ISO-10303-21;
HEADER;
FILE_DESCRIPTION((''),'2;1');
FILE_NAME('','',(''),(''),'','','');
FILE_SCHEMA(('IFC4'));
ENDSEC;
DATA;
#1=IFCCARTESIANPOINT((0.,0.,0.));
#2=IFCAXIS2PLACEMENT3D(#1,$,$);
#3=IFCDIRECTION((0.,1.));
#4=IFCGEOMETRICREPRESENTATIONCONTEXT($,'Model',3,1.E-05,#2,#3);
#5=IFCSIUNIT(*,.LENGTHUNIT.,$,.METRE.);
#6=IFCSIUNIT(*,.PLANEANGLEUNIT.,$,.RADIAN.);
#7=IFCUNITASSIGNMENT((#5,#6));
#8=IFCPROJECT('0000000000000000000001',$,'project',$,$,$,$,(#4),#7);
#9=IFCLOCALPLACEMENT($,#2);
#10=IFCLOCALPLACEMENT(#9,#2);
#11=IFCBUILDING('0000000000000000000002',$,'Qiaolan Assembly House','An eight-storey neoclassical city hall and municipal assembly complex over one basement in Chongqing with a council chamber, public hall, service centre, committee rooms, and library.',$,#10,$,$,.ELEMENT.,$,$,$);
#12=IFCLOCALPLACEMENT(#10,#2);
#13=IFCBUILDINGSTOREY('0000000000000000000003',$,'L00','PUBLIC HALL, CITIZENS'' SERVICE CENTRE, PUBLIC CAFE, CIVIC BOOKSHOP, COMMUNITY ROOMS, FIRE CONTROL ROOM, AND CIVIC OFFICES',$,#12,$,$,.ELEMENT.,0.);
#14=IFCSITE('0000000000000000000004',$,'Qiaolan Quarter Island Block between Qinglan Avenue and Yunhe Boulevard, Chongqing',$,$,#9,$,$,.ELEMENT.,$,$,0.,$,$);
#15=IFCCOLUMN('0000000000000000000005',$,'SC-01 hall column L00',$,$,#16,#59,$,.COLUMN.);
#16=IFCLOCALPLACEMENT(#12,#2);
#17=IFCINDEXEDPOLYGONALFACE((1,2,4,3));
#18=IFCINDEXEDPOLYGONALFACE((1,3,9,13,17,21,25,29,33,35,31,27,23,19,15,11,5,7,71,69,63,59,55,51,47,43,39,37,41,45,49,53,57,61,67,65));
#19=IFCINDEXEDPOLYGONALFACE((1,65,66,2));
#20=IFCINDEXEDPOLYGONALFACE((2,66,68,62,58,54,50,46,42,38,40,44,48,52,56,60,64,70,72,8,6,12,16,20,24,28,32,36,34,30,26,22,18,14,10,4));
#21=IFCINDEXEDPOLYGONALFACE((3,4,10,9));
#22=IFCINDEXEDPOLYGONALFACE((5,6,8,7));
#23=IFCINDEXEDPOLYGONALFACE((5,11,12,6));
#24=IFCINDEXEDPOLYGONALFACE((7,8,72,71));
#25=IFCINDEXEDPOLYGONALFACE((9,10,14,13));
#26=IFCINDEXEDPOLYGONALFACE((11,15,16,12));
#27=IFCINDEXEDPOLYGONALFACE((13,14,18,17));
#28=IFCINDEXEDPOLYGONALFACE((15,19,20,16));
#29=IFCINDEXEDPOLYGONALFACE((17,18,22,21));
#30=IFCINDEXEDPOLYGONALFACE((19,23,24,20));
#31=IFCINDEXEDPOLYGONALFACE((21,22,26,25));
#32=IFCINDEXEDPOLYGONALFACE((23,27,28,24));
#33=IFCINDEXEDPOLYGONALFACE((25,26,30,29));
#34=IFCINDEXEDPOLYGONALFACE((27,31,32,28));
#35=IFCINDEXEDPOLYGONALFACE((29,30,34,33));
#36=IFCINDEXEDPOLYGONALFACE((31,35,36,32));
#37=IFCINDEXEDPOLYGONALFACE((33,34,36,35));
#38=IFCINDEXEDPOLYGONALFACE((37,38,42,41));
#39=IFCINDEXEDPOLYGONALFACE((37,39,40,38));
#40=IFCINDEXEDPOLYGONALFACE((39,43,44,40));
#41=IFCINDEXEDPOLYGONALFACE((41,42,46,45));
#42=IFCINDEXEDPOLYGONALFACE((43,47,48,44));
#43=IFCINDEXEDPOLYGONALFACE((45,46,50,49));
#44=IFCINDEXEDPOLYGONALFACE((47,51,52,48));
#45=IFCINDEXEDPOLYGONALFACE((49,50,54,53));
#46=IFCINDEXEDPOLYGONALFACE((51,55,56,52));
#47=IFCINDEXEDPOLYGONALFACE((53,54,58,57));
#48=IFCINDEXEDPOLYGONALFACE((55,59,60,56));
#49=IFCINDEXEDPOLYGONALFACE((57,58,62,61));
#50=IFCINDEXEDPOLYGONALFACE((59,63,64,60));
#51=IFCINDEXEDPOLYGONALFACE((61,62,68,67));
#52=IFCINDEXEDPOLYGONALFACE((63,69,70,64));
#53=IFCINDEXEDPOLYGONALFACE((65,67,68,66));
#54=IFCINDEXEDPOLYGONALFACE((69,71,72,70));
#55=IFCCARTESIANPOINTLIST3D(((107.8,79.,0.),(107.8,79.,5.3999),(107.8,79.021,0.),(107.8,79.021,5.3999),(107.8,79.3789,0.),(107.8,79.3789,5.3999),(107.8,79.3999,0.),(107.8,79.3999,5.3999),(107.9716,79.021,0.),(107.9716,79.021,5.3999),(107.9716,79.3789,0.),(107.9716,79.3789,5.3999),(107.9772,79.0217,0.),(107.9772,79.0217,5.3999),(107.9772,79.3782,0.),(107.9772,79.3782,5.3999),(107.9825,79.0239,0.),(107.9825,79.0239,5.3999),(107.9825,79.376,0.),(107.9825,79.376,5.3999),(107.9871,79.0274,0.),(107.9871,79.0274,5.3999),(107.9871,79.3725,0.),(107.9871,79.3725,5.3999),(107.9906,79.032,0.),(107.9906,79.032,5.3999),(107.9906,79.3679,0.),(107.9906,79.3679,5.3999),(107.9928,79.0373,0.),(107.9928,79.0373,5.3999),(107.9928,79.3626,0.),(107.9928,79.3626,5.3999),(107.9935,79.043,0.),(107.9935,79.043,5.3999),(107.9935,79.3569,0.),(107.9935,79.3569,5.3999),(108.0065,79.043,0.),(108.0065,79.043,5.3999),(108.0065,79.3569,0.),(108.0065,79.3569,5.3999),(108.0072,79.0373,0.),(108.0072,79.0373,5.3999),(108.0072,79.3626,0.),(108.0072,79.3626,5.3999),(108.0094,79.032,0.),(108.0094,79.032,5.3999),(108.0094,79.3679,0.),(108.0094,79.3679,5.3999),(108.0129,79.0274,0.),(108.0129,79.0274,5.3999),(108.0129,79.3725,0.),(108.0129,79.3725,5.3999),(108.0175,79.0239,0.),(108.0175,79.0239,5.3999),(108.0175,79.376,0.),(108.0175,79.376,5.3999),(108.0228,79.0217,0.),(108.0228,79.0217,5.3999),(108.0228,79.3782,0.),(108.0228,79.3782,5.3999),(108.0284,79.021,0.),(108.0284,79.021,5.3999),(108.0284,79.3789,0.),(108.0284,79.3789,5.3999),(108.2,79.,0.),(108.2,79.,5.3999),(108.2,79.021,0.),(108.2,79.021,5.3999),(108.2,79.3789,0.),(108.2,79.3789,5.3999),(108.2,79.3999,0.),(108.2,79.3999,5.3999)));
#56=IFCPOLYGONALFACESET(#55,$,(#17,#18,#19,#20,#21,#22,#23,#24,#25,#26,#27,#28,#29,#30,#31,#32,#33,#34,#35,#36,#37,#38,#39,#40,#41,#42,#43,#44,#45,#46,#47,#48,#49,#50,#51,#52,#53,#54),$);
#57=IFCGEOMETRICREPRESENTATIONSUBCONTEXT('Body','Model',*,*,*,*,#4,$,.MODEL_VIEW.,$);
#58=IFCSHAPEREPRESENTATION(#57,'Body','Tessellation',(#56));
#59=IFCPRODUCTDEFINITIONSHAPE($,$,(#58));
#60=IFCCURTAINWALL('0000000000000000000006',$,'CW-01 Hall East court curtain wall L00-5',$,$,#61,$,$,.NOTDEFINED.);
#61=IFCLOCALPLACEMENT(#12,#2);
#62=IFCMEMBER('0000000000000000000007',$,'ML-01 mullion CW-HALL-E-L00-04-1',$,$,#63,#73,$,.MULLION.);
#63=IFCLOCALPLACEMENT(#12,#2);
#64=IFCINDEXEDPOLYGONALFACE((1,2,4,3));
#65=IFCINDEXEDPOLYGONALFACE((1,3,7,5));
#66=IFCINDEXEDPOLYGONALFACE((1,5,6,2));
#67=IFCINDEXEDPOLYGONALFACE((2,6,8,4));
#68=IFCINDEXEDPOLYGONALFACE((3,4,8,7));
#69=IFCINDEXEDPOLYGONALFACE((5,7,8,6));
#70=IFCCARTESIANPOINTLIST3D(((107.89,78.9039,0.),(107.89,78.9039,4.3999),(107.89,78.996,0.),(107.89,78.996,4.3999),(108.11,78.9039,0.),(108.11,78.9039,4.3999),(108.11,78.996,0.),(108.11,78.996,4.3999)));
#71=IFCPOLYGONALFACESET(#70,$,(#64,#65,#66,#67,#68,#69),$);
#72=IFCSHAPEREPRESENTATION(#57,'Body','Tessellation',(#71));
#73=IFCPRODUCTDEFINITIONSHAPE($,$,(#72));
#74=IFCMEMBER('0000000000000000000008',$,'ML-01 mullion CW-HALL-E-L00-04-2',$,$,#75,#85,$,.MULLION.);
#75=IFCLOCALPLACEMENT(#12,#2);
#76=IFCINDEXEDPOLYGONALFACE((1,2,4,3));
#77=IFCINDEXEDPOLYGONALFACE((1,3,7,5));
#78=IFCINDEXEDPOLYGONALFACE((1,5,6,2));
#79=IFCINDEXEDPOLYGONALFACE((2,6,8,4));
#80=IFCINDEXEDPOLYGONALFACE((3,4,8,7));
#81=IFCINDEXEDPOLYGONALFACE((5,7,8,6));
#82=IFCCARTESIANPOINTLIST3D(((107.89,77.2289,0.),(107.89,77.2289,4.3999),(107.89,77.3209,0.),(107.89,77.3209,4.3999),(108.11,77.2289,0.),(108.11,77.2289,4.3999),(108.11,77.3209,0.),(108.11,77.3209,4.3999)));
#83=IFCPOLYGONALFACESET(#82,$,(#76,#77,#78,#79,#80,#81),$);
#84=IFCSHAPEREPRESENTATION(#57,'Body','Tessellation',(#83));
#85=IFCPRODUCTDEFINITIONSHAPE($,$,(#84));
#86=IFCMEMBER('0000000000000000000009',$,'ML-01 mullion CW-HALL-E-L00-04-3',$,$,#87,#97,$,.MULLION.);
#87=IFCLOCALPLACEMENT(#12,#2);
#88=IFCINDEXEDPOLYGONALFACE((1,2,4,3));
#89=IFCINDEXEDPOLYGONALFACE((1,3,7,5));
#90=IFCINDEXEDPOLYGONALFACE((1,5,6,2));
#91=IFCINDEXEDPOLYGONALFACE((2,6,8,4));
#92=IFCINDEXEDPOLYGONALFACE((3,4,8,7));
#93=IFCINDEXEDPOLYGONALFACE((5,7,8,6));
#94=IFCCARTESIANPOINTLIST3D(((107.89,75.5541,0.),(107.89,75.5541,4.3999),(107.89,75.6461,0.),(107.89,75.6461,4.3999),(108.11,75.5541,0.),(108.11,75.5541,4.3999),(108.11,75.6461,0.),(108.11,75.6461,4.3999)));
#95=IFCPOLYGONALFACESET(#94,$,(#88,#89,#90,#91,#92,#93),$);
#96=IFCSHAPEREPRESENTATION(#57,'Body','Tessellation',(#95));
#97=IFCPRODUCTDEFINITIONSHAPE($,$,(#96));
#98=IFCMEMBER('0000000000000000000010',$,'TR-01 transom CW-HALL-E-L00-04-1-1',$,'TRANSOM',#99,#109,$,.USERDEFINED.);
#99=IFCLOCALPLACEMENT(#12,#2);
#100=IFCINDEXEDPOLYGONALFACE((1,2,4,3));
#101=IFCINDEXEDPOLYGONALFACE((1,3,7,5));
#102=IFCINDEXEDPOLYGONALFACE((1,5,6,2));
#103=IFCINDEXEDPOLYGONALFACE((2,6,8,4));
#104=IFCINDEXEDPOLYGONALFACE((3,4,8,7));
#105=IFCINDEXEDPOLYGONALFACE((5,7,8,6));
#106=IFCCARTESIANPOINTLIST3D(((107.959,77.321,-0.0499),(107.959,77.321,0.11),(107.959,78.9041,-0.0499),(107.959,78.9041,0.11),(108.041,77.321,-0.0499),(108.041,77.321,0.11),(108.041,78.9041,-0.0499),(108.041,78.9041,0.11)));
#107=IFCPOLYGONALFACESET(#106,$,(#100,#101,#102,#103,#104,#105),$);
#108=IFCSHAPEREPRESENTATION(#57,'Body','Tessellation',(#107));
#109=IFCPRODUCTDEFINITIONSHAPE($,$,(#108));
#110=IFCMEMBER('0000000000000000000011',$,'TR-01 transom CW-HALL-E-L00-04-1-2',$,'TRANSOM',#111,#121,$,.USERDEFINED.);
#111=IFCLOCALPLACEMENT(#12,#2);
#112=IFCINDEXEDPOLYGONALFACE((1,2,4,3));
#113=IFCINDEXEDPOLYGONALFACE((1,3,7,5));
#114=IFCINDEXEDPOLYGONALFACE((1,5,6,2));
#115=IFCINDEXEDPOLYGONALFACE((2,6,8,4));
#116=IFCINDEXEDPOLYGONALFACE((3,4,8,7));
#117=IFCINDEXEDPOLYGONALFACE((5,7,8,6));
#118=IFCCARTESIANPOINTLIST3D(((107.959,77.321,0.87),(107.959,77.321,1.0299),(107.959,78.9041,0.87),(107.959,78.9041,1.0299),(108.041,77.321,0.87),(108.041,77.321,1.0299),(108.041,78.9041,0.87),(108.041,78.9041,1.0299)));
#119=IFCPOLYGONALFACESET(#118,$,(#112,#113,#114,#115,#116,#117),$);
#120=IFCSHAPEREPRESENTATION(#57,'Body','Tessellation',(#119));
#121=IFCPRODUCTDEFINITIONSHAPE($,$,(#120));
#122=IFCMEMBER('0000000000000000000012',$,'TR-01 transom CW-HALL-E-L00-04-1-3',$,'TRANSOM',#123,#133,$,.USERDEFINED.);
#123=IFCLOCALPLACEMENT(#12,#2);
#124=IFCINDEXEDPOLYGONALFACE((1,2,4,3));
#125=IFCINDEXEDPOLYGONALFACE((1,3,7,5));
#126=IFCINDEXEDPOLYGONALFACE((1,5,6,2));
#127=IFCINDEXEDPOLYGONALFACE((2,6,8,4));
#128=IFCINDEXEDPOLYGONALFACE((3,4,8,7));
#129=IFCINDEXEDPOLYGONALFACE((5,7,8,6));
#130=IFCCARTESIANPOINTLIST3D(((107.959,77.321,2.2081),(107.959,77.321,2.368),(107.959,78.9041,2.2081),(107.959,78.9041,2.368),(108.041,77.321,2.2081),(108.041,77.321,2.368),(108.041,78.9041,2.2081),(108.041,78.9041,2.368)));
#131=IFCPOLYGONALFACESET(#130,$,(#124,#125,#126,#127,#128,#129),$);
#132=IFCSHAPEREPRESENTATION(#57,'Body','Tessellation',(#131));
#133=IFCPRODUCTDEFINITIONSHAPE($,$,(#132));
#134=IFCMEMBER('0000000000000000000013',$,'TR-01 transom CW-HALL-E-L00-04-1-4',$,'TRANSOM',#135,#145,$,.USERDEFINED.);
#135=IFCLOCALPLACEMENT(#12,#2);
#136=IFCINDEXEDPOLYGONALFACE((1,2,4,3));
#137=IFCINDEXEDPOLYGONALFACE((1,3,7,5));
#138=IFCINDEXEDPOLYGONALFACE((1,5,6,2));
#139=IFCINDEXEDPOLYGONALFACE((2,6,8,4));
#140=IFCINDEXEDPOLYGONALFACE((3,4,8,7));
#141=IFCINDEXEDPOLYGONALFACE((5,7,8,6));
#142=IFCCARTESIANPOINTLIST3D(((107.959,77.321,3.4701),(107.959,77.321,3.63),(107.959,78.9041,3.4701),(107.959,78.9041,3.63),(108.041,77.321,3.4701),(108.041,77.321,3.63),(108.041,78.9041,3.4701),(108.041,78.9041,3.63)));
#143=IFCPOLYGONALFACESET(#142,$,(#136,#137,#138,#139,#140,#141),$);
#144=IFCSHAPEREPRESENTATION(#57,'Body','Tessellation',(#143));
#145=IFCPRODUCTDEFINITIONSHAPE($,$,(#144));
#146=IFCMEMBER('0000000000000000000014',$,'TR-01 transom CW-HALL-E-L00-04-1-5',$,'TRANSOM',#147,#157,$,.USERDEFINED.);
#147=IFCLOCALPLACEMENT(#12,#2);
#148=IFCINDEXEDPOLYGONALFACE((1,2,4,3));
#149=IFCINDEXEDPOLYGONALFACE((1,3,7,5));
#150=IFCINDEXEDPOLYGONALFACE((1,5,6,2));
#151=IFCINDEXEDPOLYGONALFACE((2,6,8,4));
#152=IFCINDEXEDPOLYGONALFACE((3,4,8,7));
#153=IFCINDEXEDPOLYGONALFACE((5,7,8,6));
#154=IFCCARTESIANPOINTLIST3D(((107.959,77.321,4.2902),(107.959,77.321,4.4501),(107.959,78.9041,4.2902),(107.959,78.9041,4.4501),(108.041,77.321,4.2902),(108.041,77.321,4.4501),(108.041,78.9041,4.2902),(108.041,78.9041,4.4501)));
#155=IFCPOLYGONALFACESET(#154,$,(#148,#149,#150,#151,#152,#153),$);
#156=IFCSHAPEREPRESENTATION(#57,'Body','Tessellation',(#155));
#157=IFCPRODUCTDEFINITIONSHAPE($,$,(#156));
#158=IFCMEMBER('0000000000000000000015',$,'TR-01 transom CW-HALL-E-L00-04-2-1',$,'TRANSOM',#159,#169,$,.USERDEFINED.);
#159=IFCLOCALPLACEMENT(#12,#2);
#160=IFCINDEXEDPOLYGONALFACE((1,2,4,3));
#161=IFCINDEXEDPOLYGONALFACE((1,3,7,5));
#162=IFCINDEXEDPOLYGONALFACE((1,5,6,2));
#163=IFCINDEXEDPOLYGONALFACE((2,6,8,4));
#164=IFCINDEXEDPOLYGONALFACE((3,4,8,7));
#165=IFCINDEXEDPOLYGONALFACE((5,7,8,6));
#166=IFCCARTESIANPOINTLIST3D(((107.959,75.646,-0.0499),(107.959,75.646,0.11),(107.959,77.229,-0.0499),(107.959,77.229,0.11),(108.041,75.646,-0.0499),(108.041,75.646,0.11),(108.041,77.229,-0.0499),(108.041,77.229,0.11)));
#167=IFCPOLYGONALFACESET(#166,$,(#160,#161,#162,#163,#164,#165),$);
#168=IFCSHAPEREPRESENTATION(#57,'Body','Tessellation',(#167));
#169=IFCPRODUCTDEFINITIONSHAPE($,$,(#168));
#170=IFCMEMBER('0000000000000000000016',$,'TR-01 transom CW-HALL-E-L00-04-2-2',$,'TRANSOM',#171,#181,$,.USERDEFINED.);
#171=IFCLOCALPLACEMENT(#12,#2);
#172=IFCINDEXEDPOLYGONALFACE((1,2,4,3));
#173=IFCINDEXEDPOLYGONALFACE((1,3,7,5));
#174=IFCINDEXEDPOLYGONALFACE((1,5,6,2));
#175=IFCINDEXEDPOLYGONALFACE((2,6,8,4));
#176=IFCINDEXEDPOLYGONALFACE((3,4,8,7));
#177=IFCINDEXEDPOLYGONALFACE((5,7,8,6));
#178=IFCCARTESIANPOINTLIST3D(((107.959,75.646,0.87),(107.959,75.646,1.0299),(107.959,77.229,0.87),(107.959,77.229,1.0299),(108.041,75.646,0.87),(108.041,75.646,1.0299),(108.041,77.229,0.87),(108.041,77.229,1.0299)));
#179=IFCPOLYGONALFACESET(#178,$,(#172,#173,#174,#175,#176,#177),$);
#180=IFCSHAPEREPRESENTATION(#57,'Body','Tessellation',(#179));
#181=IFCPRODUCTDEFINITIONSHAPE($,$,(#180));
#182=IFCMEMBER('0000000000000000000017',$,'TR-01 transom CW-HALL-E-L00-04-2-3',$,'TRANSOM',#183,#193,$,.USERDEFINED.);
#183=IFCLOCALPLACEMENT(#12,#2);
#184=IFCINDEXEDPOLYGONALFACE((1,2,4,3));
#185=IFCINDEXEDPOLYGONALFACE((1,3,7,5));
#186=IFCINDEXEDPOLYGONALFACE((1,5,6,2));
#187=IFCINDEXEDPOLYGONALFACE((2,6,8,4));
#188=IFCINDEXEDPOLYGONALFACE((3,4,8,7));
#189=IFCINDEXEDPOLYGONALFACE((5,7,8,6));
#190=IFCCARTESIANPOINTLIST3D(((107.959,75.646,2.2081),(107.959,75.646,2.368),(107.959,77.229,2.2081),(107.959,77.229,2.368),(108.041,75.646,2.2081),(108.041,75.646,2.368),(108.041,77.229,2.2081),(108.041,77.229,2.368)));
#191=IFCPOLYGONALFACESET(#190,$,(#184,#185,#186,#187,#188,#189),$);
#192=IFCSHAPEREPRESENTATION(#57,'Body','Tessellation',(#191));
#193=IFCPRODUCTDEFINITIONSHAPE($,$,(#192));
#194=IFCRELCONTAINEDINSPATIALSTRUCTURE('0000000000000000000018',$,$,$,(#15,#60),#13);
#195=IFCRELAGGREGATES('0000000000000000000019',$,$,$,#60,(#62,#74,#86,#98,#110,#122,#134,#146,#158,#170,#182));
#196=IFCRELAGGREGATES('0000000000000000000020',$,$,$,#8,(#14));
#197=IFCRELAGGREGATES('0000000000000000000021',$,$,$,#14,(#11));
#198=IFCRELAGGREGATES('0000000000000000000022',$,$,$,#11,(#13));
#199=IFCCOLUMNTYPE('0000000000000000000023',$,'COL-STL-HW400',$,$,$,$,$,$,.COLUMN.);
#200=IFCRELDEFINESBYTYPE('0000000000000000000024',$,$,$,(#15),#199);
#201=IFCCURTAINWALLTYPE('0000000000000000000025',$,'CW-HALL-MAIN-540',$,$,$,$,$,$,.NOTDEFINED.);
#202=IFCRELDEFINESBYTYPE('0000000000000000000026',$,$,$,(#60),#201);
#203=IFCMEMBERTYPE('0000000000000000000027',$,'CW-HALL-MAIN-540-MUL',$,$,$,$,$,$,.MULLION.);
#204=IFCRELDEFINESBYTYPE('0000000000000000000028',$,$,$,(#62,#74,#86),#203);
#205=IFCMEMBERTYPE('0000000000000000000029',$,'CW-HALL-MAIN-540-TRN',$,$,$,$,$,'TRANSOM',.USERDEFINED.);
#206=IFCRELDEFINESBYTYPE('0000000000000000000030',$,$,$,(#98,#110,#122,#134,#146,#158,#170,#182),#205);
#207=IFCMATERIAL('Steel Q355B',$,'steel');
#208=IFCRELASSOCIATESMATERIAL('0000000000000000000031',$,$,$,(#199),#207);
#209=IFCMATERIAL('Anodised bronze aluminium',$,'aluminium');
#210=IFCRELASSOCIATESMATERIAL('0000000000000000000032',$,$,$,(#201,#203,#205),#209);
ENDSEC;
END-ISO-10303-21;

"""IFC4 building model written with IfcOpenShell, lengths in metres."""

from ifc_helpers import new_model, si_unit, direction, frame, origin, origin_2d, place, context, subcontext, project, spatial, rectangle, i_section, extrude, material, material_profile, profile_set, type_object, element, aggregate, save


model = new_model("IFC4")

# Units and contexts
model_context = context("Model", 3, precision=1e-05, world=origin(), true_north=direction((0.0, 1.0)))
body_context = subcontext(model_context, "Body", "Model", "MODEL_VIEW")
ifc_project = project(units=[si_unit("LENGTHUNIT", "METRE"), si_unit("PLANEANGLEUNIT", "RADIAN")], contexts=[model_context])

# Site, building, storey
site_placement = place(None, origin())
site = spatial("IfcSite", under=ifc_project, at=site_placement, Name="Qiaolan Quarter Island Block between Qinglan Avenue and Yunhe Boulevard, Chongqing", CompositionType="ELEMENT", RefElevation=0.0)
building_placement = place(site_placement, origin())
building = spatial("IfcBuilding", under=site, at=building_placement, Name="Qiaolan Assembly House", Description="An eight-storey neoclassical city hall and municipal assembly complex over one basement in Chongqing with a council chamber, public hall, service centre, committee rooms, and library.", CompositionType="ELEMENT")
storey_placement = place(building_placement, origin())
storey = spatial("IfcBuildingStorey", under=building, at=storey_placement, Name="L00", Description="PUBLIC HALL, CITIZENS' SERVICE CENTRE, PUBLIC CAFE, CIVIC BOOKSHOP, COMMUNITY ROOMS, FIRE CONTROL ROOM, AND CIVIC OFFICES", CompositionType="ELEMENT", Elevation=0.0)

# Column
ifc_material_1 = material(Name="Steel Q355B", Category="steel")
ifc_material_profile_1 = material_profile(ifc_material_1, i_section(OverallWidth=0.3999, OverallDepth=0.3999, WebThickness=0.0129, FlangeThickness=0.021, FilletRadius=0.022, at=origin_2d()), Name="HW 400x400x13x21")
ifc_profile_set_1 = profile_set([ifc_material_profile_1], Name="Steel Q355B")
column_type = type_object("IfcColumnType", Name="COL-STL-HW400", PredefinedType="COLUMN", material=ifc_profile_set_1)
column_placement = place(storey_placement, frame((108.0, 79.2, 0.0), z_axis=(0.0, 0.0, 1.0), x_axis=(1.0, 0.0, 0.0)))
element("IfcColumn", 1, at=column_placement, inside=storey, type_object=column_type, Name="SC-01 hall column L00", PredefinedType="COLUMN", context=body_context, shape_type="SweptSolid", body=[
    extrude(i_section(OverallWidth=0.3999, OverallDepth=0.3999, WebThickness=0.0129, FlangeThickness=0.021, FilletRadius=0.022, at=origin_2d()), origin(), (0.0, 0.0, 1.0), 5.3999),
])

# Curtain wall, members
ifc_material_2 = material(Name="Anodised bronze aluminium", Category="aluminium")
curtain_wall_type = type_object("IfcCurtainWallType", Name="CW-HALL-MAIN-540", PredefinedType="NOTDEFINED", material=ifc_material_2)
curtain_wall_placement = place(storey_placement, origin())
curtain_wall = element("IfcCurtainWall", 2, at=curtain_wall_placement, inside=storey, type_object=curtain_wall_type, Name="CW-01 Hall East court curtain wall L00-5", PredefinedType="NOTDEFINED")
ifc_material_profile_2 = material_profile(ifc_material_2, rectangle(XDim=0.092, YDim=0.22, at=origin_2d()), Name="MUL 92x220")
ifc_profile_set_2 = profile_set([ifc_material_profile_2], Name="Anodised bronze aluminium")
member_type_1 = type_object("IfcMemberType", Name="CW-HALL-MAIN-540-MUL", PredefinedType="MULLION", material=ifc_profile_set_2)
member_1_placement = place(storey_placement, frame((108.0, 78.95, 0.0), z_axis=(0.0, 0.0, 1.0), x_axis=(0.0, -1.0, 0.0)))
member_1 = element("IfcMember", 3, at=member_1_placement, type_object=member_type_1, Name="ML-01 mullion CW-HALL-E-L00-04-1", PredefinedType="MULLION", context=body_context, shape_type="SweptSolid", body=[
    extrude(rectangle(XDim=0.092, YDim=0.22, at=origin_2d()), origin(), (0.0, 0.0, 1.0), 4.3999),
])
member_2_placement = place(storey_placement, frame((108.0, 77.2749, 0.0), z_axis=(0.0, 0.0, 1.0), x_axis=(0.0, -1.0, 0.0)))
member_2 = element("IfcMember", 4, at=member_2_placement, type_object=member_type_1, Name="ML-01 mullion CW-HALL-E-L00-04-2", PredefinedType="MULLION", context=body_context, shape_type="SweptSolid", body=[
    extrude(rectangle(XDim=0.092, YDim=0.22, at=origin_2d()), origin(), (0.0, 0.0, 1.0), 4.3999),
])
member_3_placement = place(storey_placement, frame((108.0, 75.6001, 0.0), z_axis=(0.0, 0.0, 1.0), x_axis=(0.0, -1.0, 0.0)))
member_3 = element("IfcMember", 5, at=member_3_placement, type_object=member_type_1, Name="ML-01 mullion CW-HALL-E-L00-04-3", PredefinedType="MULLION", context=body_context, shape_type="SweptSolid", body=[
    extrude(rectangle(XDim=0.092, YDim=0.22, at=origin_2d()), origin(), (0.0, 0.0, 1.0), 4.3999),
])
ifc_material_profile_3 = material_profile(ifc_material_2, rectangle(XDim=0.082, YDim=0.1599, at=origin_2d()), Name="TRN 82x160")
ifc_profile_set_3 = profile_set([ifc_material_profile_3], Name="Anodised bronze aluminium")
member_type_2 = type_object("IfcMemberType", Name="CW-HALL-MAIN-540-TRN", ElementType="TRANSOM", PredefinedType="USERDEFINED", material=ifc_profile_set_3)
member_4_placement = place(storey_placement, frame((108.0, 78.9041, 0.03), z_axis=(0.0, -1.0, 0.0), x_axis=(1.0, 0.0, 0.0)))
member_4 = element("IfcMember", 6, at=member_4_placement, type_object=member_type_2, Name="TR-01 transom CW-HALL-E-L00-04-1-1", ObjectType="TRANSOM", PredefinedType="USERDEFINED", context=body_context, shape_type="SweptSolid", body=[
    extrude(rectangle(XDim=0.082, YDim=0.1599, at=origin_2d()), origin(), (0.0, 0.0, 1.0), 1.583),
])
member_5_placement = place(storey_placement, frame((108.0, 78.9041, 0.95), z_axis=(0.0, -1.0, 0.0), x_axis=(1.0, 0.0, 0.0)))
member_5 = element("IfcMember", 7, at=member_5_placement, type_object=member_type_2, Name="TR-01 transom CW-HALL-E-L00-04-1-2", ObjectType="TRANSOM", PredefinedType="USERDEFINED", context=body_context, shape_type="SweptSolid", body=[
    extrude(rectangle(XDim=0.082, YDim=0.1599, at=origin_2d()), origin(), (0.0, 0.0, 1.0), 1.583),
])
member_6_placement = place(storey_placement, frame((108.0, 78.9041, 2.2881), z_axis=(0.0, -1.0, 0.0), x_axis=(1.0, 0.0, 0.0)))
member_6 = element("IfcMember", 8, at=member_6_placement, type_object=member_type_2, Name="TR-01 transom CW-HALL-E-L00-04-1-3", ObjectType="TRANSOM", PredefinedType="USERDEFINED", context=body_context, shape_type="SweptSolid", body=[
    extrude(rectangle(XDim=0.082, YDim=0.1599, at=origin_2d()), origin(), (0.0, 0.0, 1.0), 1.583),
])
member_7_placement = place(storey_placement, frame((108.0, 78.9041, 3.55), z_axis=(0.0, -1.0, 0.0), x_axis=(1.0, 0.0, 0.0)))
member_7 = element("IfcMember", 9, at=member_7_placement, type_object=member_type_2, Name="TR-01 transom CW-HALL-E-L00-04-1-4", ObjectType="TRANSOM", PredefinedType="USERDEFINED", context=body_context, shape_type="SweptSolid", body=[
    extrude(rectangle(XDim=0.082, YDim=0.1599, at=origin_2d()), origin(), (0.0, 0.0, 1.0), 1.583),
])
member_8_placement = place(storey_placement, frame((108.0, 78.9041, 4.3701), z_axis=(0.0, -1.0, 0.0), x_axis=(1.0, 0.0, 0.0)))
member_8 = element("IfcMember", 10, at=member_8_placement, type_object=member_type_2, Name="TR-01 transom CW-HALL-E-L00-04-1-5", ObjectType="TRANSOM", PredefinedType="USERDEFINED", context=body_context, shape_type="SweptSolid", body=[
    extrude(rectangle(XDim=0.082, YDim=0.1599, at=origin_2d()), origin(), (0.0, 0.0, 1.0), 1.583),
])
member_9_placement = place(storey_placement, frame((108.0, 77.229, 0.03), z_axis=(0.0, -1.0, 0.0), x_axis=(1.0, 0.0, 0.0)))
member_9 = element("IfcMember", 11, at=member_9_placement, type_object=member_type_2, Name="TR-01 transom CW-HALL-E-L00-04-2-1", ObjectType="TRANSOM", PredefinedType="USERDEFINED", context=body_context, shape_type="SweptSolid", body=[
    extrude(rectangle(XDim=0.082, YDim=0.1599, at=origin_2d()), origin(), (0.0, 0.0, 1.0), 1.583),
])
member_10_placement = place(storey_placement, frame((108.0, 77.229, 0.95), z_axis=(0.0, -1.0, 0.0), x_axis=(1.0, 0.0, 0.0)))
member_10 = element("IfcMember", 12, at=member_10_placement, type_object=member_type_2, Name="TR-01 transom CW-HALL-E-L00-04-2-2", ObjectType="TRANSOM", PredefinedType="USERDEFINED", context=body_context, shape_type="SweptSolid", body=[
    extrude(rectangle(XDim=0.082, YDim=0.1599, at=origin_2d()), origin(), (0.0, 0.0, 1.0), 1.583),
])
member_11_placement = place(storey_placement, frame((108.0, 77.229, 2.2881), z_axis=(0.0, -1.0, 0.0), x_axis=(1.0, 0.0, 0.0)))
member_11 = element("IfcMember", 13, at=member_11_placement, type_object=member_type_2, Name="TR-01 transom CW-HALL-E-L00-04-2-3", ObjectType="TRANSOM", PredefinedType="USERDEFINED", context=body_context, shape_type="SweptSolid", body=[
    extrude(rectangle(XDim=0.082, YDim=0.1599, at=origin_2d()), origin(), (0.0, 0.0, 1.0), 1.583),
])
aggregate(curtain_wall, [member_1, member_2, member_3, member_4, member_5, member_6, member_7, member_8, member_9, member_10, member_11])

save(model, "model.ifc")
